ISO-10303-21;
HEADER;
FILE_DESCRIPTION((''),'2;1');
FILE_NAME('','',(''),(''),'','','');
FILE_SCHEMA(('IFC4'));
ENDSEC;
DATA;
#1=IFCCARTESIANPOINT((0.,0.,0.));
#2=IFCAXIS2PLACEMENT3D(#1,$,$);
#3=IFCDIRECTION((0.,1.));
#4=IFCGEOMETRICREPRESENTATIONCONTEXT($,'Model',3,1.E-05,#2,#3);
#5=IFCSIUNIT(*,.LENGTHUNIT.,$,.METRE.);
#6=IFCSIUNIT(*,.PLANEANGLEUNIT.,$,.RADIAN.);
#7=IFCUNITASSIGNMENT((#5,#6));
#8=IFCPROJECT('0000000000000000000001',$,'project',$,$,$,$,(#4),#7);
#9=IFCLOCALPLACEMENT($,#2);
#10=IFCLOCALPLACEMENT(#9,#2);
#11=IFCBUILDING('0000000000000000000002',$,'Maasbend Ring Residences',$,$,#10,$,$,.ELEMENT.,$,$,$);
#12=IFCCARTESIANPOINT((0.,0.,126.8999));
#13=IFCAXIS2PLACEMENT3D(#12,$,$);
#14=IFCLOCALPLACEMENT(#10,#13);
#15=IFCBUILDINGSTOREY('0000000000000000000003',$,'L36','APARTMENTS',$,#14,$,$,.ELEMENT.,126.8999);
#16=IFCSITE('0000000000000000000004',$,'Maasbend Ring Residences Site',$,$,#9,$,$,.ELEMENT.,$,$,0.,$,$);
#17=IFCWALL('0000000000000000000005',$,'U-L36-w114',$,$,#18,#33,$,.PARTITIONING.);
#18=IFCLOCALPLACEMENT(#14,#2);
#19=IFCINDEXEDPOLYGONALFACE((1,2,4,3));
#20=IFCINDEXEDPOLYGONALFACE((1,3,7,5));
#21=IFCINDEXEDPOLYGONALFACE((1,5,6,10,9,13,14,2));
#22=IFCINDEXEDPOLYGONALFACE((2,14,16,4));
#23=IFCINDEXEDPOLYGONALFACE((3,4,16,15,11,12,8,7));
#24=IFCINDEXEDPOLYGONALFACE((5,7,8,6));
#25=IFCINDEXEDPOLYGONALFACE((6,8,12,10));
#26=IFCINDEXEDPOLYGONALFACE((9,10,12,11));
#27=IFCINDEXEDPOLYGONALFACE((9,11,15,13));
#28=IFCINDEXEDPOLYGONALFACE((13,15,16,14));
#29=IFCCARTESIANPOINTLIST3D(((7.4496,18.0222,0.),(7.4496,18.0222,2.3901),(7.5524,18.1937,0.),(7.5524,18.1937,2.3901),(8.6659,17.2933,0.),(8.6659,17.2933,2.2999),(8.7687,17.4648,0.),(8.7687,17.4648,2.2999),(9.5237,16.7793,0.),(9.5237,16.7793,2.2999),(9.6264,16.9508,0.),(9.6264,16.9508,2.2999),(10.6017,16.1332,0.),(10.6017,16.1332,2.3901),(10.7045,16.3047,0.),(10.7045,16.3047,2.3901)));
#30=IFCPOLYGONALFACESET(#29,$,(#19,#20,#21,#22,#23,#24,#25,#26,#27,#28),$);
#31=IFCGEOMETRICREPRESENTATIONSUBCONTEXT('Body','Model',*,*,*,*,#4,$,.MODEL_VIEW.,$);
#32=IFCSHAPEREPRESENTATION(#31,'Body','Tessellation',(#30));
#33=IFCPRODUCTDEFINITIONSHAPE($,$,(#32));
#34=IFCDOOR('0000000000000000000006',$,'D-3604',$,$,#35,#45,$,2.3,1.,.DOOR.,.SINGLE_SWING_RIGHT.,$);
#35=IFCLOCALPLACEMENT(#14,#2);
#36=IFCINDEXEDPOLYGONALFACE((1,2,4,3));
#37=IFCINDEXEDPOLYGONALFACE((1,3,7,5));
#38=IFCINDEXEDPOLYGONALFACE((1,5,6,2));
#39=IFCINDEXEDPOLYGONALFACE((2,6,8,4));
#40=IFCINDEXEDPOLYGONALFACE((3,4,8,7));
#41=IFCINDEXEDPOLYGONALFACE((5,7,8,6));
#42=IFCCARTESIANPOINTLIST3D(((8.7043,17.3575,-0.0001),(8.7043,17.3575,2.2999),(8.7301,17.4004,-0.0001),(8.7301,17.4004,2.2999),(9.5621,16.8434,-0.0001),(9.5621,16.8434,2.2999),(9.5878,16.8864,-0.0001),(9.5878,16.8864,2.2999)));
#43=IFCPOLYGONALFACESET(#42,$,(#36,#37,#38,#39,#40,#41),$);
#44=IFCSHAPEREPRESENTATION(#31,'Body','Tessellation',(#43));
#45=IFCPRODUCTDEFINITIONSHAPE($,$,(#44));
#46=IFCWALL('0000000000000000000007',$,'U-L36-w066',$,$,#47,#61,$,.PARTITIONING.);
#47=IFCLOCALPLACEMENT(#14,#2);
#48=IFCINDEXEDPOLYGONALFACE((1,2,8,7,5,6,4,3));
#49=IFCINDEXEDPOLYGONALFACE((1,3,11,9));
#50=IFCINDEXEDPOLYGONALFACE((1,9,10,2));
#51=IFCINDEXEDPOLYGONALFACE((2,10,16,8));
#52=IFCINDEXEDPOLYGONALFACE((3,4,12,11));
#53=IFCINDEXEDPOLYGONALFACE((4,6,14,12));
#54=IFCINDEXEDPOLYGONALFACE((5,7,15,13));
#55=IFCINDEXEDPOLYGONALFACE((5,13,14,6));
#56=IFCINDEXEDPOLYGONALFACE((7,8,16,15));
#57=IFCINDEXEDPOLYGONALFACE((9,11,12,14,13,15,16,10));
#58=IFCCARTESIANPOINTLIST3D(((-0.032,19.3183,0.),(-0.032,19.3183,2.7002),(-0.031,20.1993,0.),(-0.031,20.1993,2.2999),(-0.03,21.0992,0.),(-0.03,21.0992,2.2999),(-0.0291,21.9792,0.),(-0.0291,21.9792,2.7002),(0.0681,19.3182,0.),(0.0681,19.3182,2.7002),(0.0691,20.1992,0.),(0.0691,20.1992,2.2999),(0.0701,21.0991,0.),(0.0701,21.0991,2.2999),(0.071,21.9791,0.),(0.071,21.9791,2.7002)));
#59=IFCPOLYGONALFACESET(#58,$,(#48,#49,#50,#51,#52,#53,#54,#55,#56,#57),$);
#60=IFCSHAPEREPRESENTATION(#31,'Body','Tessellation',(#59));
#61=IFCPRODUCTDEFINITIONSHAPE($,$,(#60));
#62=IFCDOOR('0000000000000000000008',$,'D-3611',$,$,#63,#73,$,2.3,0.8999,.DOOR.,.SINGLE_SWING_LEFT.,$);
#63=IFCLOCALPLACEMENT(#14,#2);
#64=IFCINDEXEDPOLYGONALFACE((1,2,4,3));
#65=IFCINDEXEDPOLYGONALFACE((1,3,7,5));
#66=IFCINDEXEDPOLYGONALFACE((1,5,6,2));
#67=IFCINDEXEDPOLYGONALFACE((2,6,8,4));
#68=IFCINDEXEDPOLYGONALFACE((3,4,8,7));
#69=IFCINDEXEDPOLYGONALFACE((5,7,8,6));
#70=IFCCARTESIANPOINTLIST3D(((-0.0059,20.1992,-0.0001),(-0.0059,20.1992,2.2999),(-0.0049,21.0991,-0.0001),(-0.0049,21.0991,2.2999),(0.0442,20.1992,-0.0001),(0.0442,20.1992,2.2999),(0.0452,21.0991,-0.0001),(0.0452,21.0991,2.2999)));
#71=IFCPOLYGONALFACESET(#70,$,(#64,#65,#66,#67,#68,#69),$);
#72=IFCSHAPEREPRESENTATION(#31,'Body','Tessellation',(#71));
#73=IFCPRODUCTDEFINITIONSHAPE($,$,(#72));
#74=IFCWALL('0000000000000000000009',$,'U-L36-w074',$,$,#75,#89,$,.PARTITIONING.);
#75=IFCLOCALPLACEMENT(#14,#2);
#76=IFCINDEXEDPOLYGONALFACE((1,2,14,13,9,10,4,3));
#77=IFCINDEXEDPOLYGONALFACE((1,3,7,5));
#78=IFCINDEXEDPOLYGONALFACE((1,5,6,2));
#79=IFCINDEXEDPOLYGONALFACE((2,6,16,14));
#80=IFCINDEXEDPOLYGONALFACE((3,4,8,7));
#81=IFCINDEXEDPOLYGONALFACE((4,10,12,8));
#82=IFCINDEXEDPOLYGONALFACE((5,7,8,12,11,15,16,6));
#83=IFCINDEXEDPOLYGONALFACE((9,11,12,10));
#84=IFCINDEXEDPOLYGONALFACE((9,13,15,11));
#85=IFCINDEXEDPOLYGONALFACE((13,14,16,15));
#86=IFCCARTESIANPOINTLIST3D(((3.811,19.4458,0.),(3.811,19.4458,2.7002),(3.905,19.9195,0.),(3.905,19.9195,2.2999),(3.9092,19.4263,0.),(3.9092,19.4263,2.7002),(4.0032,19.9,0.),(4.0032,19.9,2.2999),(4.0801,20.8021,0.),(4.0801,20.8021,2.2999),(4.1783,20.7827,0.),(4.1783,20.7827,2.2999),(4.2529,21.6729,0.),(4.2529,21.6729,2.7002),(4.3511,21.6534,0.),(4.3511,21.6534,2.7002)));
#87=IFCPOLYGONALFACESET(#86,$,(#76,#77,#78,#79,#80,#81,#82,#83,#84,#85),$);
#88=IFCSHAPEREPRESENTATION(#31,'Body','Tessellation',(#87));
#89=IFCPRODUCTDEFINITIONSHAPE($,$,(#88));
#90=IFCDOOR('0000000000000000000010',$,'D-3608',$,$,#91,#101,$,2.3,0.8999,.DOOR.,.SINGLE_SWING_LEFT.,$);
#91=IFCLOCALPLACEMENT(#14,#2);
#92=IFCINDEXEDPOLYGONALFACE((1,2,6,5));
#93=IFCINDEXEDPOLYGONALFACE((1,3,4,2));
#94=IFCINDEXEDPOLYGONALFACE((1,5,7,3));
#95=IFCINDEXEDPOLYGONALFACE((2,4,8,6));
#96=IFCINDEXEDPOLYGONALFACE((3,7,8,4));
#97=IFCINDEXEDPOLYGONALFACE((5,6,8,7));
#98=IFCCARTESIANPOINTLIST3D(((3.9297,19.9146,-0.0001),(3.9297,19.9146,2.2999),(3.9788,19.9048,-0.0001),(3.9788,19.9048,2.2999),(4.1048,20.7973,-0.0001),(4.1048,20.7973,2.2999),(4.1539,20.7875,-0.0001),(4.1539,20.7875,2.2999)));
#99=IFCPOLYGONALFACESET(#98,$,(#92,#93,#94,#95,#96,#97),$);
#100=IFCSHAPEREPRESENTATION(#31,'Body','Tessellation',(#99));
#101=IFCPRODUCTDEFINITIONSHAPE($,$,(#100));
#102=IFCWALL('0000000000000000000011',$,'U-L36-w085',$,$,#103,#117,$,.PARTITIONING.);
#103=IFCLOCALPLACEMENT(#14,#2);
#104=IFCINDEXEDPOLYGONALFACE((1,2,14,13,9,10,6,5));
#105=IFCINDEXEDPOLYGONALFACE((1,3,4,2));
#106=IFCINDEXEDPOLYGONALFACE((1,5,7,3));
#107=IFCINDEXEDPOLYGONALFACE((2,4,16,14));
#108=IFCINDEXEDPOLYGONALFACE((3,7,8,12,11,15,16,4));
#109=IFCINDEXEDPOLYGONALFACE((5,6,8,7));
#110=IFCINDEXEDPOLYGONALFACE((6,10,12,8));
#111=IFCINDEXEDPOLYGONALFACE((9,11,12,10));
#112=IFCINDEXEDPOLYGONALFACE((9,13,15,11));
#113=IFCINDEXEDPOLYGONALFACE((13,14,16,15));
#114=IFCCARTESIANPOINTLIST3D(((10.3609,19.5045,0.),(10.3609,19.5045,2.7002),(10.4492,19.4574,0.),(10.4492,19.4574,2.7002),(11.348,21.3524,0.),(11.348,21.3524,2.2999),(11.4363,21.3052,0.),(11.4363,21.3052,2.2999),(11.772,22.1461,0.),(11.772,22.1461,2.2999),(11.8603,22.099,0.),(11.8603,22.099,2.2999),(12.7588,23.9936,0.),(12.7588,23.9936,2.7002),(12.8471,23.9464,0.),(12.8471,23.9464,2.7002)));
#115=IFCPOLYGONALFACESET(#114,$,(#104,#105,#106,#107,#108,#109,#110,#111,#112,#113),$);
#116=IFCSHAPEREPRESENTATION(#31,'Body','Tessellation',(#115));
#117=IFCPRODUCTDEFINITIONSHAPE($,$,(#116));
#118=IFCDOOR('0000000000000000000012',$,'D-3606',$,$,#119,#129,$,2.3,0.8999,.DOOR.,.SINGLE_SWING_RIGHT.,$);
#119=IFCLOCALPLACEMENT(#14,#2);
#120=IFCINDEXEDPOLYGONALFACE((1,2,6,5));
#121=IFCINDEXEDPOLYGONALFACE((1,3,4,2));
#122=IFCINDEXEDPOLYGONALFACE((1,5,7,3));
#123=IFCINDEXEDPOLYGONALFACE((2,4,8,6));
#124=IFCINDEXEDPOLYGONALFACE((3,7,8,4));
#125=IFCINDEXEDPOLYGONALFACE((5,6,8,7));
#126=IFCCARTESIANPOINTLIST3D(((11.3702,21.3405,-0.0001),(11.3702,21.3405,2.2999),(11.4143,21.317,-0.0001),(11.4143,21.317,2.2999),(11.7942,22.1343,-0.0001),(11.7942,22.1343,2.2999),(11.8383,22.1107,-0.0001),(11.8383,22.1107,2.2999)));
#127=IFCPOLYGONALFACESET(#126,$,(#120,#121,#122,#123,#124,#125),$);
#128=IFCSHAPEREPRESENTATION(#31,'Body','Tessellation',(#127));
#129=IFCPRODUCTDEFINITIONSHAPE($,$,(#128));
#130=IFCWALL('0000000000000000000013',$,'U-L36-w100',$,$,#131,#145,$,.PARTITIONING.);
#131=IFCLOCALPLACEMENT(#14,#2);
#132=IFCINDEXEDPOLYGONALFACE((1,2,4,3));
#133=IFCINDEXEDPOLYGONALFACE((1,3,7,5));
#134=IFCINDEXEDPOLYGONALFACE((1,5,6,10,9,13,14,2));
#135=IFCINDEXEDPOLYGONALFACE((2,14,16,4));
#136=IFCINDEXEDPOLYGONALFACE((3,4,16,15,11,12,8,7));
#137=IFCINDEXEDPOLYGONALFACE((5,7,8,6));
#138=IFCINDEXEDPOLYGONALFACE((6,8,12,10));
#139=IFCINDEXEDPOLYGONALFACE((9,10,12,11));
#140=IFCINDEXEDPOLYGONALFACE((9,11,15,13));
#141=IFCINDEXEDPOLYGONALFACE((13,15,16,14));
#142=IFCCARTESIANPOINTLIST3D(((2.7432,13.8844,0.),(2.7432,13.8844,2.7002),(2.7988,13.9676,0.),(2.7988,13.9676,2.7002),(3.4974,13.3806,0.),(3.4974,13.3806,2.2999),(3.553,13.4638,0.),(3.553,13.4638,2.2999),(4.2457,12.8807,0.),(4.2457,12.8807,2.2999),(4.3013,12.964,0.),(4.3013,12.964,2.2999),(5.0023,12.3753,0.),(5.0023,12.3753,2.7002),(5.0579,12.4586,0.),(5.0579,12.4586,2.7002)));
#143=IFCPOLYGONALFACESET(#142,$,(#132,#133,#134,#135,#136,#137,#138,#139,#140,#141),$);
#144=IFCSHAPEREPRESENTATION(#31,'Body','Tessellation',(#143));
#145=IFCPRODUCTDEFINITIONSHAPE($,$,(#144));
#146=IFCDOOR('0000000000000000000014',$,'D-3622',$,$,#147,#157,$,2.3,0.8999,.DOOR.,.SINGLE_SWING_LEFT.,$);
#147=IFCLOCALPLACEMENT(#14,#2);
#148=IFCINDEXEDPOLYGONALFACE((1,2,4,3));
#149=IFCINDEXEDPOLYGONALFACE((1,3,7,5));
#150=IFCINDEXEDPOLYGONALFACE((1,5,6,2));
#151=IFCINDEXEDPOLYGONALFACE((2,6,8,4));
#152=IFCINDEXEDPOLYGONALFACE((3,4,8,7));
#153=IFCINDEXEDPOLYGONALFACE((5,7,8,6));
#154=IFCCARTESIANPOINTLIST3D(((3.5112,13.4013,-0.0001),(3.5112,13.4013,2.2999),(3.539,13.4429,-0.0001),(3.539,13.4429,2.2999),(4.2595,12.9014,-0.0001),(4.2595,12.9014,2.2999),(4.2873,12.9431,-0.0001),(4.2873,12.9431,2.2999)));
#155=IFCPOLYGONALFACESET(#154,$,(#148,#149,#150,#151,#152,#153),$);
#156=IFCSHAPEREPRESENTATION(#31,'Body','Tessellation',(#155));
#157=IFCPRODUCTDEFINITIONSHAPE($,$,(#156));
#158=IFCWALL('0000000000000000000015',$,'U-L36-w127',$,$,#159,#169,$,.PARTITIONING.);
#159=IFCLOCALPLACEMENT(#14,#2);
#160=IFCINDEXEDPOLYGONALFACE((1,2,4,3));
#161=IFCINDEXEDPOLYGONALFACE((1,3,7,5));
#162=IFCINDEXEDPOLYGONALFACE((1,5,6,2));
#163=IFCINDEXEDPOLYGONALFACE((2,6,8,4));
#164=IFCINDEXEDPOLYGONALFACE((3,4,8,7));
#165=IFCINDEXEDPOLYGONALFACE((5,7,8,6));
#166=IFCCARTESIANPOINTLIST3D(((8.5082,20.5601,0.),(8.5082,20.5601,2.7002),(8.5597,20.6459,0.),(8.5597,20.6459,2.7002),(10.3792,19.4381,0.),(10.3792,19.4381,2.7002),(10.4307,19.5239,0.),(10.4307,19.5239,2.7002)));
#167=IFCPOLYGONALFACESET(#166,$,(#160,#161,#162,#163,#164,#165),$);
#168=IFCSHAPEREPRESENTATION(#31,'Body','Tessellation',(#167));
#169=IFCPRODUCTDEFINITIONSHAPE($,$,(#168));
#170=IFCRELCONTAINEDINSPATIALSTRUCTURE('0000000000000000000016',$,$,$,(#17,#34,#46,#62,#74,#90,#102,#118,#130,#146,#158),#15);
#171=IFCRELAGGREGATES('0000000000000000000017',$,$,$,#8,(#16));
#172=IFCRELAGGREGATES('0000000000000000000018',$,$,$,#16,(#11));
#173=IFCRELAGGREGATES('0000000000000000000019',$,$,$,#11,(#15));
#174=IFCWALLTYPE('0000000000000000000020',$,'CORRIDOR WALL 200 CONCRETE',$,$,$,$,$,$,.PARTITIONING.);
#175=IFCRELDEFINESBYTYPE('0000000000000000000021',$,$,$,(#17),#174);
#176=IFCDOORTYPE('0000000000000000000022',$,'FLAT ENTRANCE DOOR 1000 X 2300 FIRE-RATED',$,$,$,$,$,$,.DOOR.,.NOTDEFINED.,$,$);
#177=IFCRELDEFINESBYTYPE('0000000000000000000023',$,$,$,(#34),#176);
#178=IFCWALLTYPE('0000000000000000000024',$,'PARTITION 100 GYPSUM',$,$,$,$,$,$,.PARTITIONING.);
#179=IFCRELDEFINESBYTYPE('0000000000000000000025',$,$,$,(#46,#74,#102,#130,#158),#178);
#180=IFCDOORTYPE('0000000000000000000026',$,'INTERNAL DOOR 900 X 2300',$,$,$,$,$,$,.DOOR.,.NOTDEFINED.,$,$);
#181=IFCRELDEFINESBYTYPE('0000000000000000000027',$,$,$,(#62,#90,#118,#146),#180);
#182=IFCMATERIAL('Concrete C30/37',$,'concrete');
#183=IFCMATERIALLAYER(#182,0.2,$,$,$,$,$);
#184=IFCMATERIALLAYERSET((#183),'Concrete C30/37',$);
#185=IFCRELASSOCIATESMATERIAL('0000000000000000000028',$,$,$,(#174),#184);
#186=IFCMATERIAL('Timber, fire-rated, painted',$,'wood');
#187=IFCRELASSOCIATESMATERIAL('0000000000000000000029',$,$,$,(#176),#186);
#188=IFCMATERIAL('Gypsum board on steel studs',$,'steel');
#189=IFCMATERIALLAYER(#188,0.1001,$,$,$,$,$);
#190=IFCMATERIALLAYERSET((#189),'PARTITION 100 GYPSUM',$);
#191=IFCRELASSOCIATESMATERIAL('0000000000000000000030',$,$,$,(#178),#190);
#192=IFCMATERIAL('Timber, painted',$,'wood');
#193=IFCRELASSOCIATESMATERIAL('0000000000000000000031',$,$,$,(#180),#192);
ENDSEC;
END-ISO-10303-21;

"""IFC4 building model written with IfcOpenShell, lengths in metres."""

from ifc_helpers import new_model, si_unit, direction, frame, frame_2d, origin, place, context, subcontext, project, spatial, rectangle, extrude, material, layer, layer_set, type_object, element, fill, save


model = new_model("IFC4")

# Units and contexts
model_context = context("Model", 3, precision=1e-05, world=origin(), true_north=direction((0.0, 1.0)))
body_context = subcontext(model_context, "Body", "Model", "MODEL_VIEW")
ifc_project = project(units=[si_unit("LENGTHUNIT", "METRE"), si_unit("PLANEANGLEUNIT", "RADIAN")], contexts=[model_context])

# Site, building, storey
site_placement = place(None, origin())
site = spatial("IfcSite", under=ifc_project, at=site_placement, Name="Maasbend Ring Residences Site", CompositionType="ELEMENT", RefElevation=0.0)
building_placement = place(site_placement, origin())
building = spatial("IfcBuilding", under=site, at=building_placement, Name="Maasbend Ring Residences", CompositionType="ELEMENT")
storey_placement = place(building_placement, frame((0.0, 0.0, 126.8999)))
storey = spatial("IfcBuildingStorey", under=building, at=storey_placement, Name="L36", Description="APARTMENTS", CompositionType="ELEMENT", Elevation=126.8999)

# Shared definitions
ifc_material_1 = material(Name="Concrete C30/37", Category="concrete")
ifc_layer_1 = layer(ifc_material_1, 0.2)
ifc_layer_set_1 = layer_set([ifc_layer_1], Name="Concrete C30/37")
wall_type_1 = type_object("IfcWallType", Name="CORRIDOR WALL 200 CONCRETE", PredefinedType="PARTITIONING", material=ifc_layer_set_1)
ifc_material_2 = material(Name="Timber, fire-rated, painted", Category="wood")
door_type_1 = type_object("IfcDoorType", Name="FLAT ENTRANCE DOOR 1000 X 2300 FIRE-RATED", OperationType="NOTDEFINED", PredefinedType="DOOR", material=ifc_material_2)

# Walls, openings, doors
wall_1_placement = place(storey_placement, frame((7.501, 18.1079, 0.0), z_axis=(0.0, 0.0, 1.0), x_axis=(0.857774, -0.514027, 0.0)))
wall_1 = element("IfcWall", 1, at=wall_1_placement, inside=storey, type_object=wall_type_1, Name="U-L36-w114", PredefinedType="PARTITIONING", context=body_context, shape_type="SweptSolid", body=[
    extrude(rectangle(XDim=3.6748, YDim=0.2, at=frame_2d((1.8374, 0.0))), origin(), (0.0, 0.0, 1.0), 2.3901),
])
opening_1_placement = place(wall_1_placement, frame((1.418, 0.0, 0.0)))
opening_1 = element("IfcOpeningElement", 2, at=opening_1_placement, cuts=wall_1, PredefinedType="OPENING", context=body_context, shape_type="SweptSolid", body=[
    extrude(rectangle(XDim=1.0, YDim=2.3, at=frame_2d((0.5, 1.1499))), frame((0.0, 0.1099, 0.0), z_axis=(0.0, -1.0, 0.0), x_axis=(1.0, 0.0, 0.0)), (0.0, 0.0, 1.0), 0.22),
])
door_1_placement = place(opening_1_placement, origin())
door_1 = element("IfcDoor", 3, at=door_1_placement, inside=storey, type_object=door_type_1, Name="D-3604", OperationType="SINGLE_SWING_RIGHT", OverallHeight=2.3, OverallWidth=1.0, PredefinedType="DOOR", context=body_context, shape_type="SweptSolid", body=[
    extrude(rectangle(XDim=1.0, YDim=2.3, at=frame_2d((0.5, 1.1499))), frame((0.0, 0.0249, 0.0), z_axis=(0.0, -1.0, 0.0), x_axis=(1.0, 0.0, 0.0)), (0.0, 0.0, 1.0), 0.05),
])
fill(opening_1, door_1)
ifc_material_3 = material(Name="Gypsum board on steel studs", Category="steel")
ifc_layer_2 = layer(ifc_material_3, 0.1001)
ifc_layer_set_2 = layer_set([ifc_layer_2], Name="PARTITION 100 GYPSUM")
wall_type_2 = type_object("IfcWallType", Name="PARTITION 100 GYPSUM", PredefinedType="PARTITIONING", material=ifc_layer_set_2)
wall_2_placement = place(storey_placement, frame((0.0181, 19.3181, 0.0), z_axis=(0.0, 0.0, 1.0), x_axis=(0.001101, 0.999999, 0.0)))
wall_2 = element("IfcWall", 4, at=wall_2_placement, inside=storey, type_object=wall_type_2, Name="U-L36-w066", PredefinedType="PARTITIONING", context=body_context, shape_type="SweptSolid", body=[
    extrude(rectangle(XDim=2.6609, YDim=0.1001, at=frame_2d((1.3306, 0.0))), origin(), (0.0, 0.0, 1.0), 2.7002),
])
opening_2_placement = place(wall_2_placement, frame((0.8811, 0.0, 0.0)))
opening_2 = element("IfcOpeningElement", 5, at=opening_2_placement, cuts=wall_2, PredefinedType="OPENING", context=body_context, shape_type="SweptSolid", body=[
    extrude(rectangle(XDim=0.8999, YDim=2.3, at=frame_2d((0.45, 1.1499))), frame((0.0, 0.0601, 0.0), z_axis=(0.0, -1.0, 0.0), x_axis=(1.0, 0.0, 0.0)), (0.0, 0.0, 1.0), 0.1201),
])
ifc_material_4 = material(Name="Timber, painted", Category="wood")
door_type_2 = type_object("IfcDoorType", Name="INTERNAL DOOR 900 X 2300", OperationType="NOTDEFINED", PredefinedType="DOOR", material=ifc_material_4)
door_2_placement = place(opening_2_placement, origin())
door_2 = element("IfcDoor", 6, at=door_2_placement, inside=storey, type_object=door_type_2, Name="D-3611", OperationType="SINGLE_SWING_LEFT", OverallHeight=2.3, OverallWidth=0.8999, PredefinedType="DOOR", context=body_context, shape_type="SweptSolid", body=[
    extrude(rectangle(XDim=0.8999, YDim=2.3, at=frame_2d((0.45, 1.1499))), frame((0.0, 0.0249, 0.0), z_axis=(0.0, -1.0, 0.0), x_axis=(1.0, 0.0, 0.0)), (0.0, 0.0, 1.0), 0.05),
])
fill(opening_2, door_2)
wall_3_placement = place(storey_placement, frame((3.8601, 19.436, 0.0), z_axis=(0.0, 0.0, 1.0), x_axis=(0.194627, 0.980877, 0.0)))
wall_3 = element("IfcWall", 7, at=wall_3_placement, inside=storey, type_object=wall_type_2, Name="U-L36-w074", PredefinedType="PARTITIONING", context=body_context, shape_type="SweptSolid", body=[
    extrude(rectangle(XDim=2.2705, YDim=0.1001, at=frame_2d((1.1353, 0.0))), origin(), (0.0, 0.0, 1.0), 2.7002),
])
opening_3_placement = place(wall_3_placement, frame((0.4829, 0.0, 0.0)))
opening_3 = element("IfcOpeningElement", 8, at=opening_3_placement, cuts=wall_3, PredefinedType="OPENING", context=body_context, shape_type="SweptSolid", body=[
    extrude(rectangle(XDim=0.8999, YDim=2.3, at=frame_2d((0.45, 1.1499))), frame((0.0, 0.0601, 0.0), z_axis=(0.0, -1.0, 0.0), x_axis=(1.0, 0.0, 0.0)), (0.0, 0.0, 1.0), 0.1201),
])
door_3_placement = place(opening_3_placement, origin())
door_3 = element("IfcDoor", 9, at=door_3_placement, inside=storey, type_object=door_type_2, Name="D-3608", OperationType="SINGLE_SWING_LEFT", OverallHeight=2.3, OverallWidth=0.8999, PredefinedType="DOOR", context=body_context, shape_type="SweptSolid", body=[
    extrude(rectangle(XDim=0.8999, YDim=2.3, at=frame_2d((0.45, 1.1499))), frame((0.0, 0.0249, 0.0), z_axis=(0.0, -1.0, 0.0), x_axis=(1.0, 0.0, 0.0)), (0.0, 0.0, 1.0), 0.05),
])
fill(opening_3, door_3)
wall_4_placement = place(storey_placement, frame((10.405, 19.481, 0.0), z_axis=(0.0, 0.0, 1.0), x_axis=(0.471171, 0.882042, 0.0)))
wall_4 = element("IfcWall", 10, at=wall_4_placement, inside=storey, type_object=wall_type_2, Name="U-L36-w085", PredefinedType="PARTITIONING", context=body_context, shape_type="SweptSolid", body=[
    extrude(rectangle(XDim=5.0894, YDim=0.1001, at=frame_2d((2.5447, 0.0))), origin(), (0.0, 0.0, 1.0), 2.7002),
])
opening_4_placement = place(wall_4_placement, frame((2.095, 0.0, 0.0)))
opening_4 = element("IfcOpeningElement", 11, at=opening_4_placement, cuts=wall_4, PredefinedType="OPENING", context=body_context, shape_type="SweptSolid", body=[
    extrude(rectangle(XDim=0.8999, YDim=2.3, at=frame_2d((0.45, 1.1499))), frame((0.0, 0.0601, 0.0), z_axis=(0.0, -1.0, 0.0), x_axis=(1.0, 0.0, 0.0)), (0.0, 0.0, 1.0), 0.1201),
])
door_4_placement = place(opening_4_placement, origin())
door_4 = element("IfcDoor", 12, at=door_4_placement, inside=storey, type_object=door_type_2, Name="D-3606", OperationType="SINGLE_SWING_RIGHT", OverallHeight=2.3, OverallWidth=0.8999, PredefinedType="DOOR", context=body_context, shape_type="SweptSolid", body=[
    extrude(rectangle(XDim=0.8999, YDim=2.3, at=frame_2d((0.45, 1.1499))), frame((0.0, 0.0249, 0.0), z_axis=(0.0, -1.0, 0.0), x_axis=(1.0, 0.0, 0.0)), (0.0, 0.0, 1.0), 0.05),
])
fill(opening_4, door_4)
wall_5_placement = place(storey_placement, frame((2.771, 13.926, 0.0), z_axis=(0.0, 0.0, 1.0), x_axis=(0.831538, -0.555467, 0.0)))
wall_5 = element("IfcWall", 13, at=wall_5_placement, inside=storey, type_object=wall_type_2, Name="U-L36-w100", PredefinedType="PARTITIONING", context=body_context, shape_type="SweptSolid", body=[
    extrude(rectangle(XDim=2.7168, YDim=0.1001, at=frame_2d((1.3584, 0.0))), origin(), (0.0, 0.0, 1.0), 2.7002),
])
opening_5_placement = place(wall_5_placement, frame((0.907, 0.0, 0.0)))
opening_5 = element("IfcOpeningElement", 14, at=opening_5_placement, cuts=wall_5, PredefinedType="OPENING", context=body_context, shape_type="SweptSolid", body=[
    extrude(rectangle(XDim=0.8999, YDim=2.3, at=frame_2d((0.45, 1.1499))), frame((0.0, 0.0601, 0.0), z_axis=(0.0, -1.0, 0.0), x_axis=(1.0, 0.0, 0.0)), (0.0, 0.0, 1.0), 0.1201),
])
door_5_placement = place(opening_5_placement, origin())
door_5 = element("IfcDoor", 15, at=door_5_placement, inside=storey, type_object=door_type_2, Name="D-3622", OperationType="SINGLE_SWING_LEFT", OverallHeight=2.3, OverallWidth=0.8999, PredefinedType="DOOR", context=body_context, shape_type="SweptSolid", body=[
    extrude(rectangle(XDim=0.8999, YDim=2.3, at=frame_2d((0.45, 1.1499))), frame((0.0, 0.0249, 0.0), z_axis=(0.0, -1.0, 0.0), x_axis=(1.0, 0.0, 0.0)), (0.0, 0.0, 1.0), 0.05),
])
fill(opening_5, door_5)

# Wall
wall_6_placement = place(storey_placement, frame((8.5339, 20.603, 0.0), z_axis=(0.0, 0.0, 1.0), x_axis=(0.857611, -0.514298, 0.0)))
element("IfcWall", 16, at=wall_6_placement, inside=storey, type_object=wall_type_2, Name="U-L36-w127", PredefinedType="PARTITIONING", context=body_context, shape_type="SweptSolid", body=[
    extrude(rectangle(XDim=2.1816, YDim=0.1001, at=frame_2d((1.0908, 0.0))), origin(), (0.0, 0.0, 1.0), 2.7002),
])

save(model, "model.ifc")
